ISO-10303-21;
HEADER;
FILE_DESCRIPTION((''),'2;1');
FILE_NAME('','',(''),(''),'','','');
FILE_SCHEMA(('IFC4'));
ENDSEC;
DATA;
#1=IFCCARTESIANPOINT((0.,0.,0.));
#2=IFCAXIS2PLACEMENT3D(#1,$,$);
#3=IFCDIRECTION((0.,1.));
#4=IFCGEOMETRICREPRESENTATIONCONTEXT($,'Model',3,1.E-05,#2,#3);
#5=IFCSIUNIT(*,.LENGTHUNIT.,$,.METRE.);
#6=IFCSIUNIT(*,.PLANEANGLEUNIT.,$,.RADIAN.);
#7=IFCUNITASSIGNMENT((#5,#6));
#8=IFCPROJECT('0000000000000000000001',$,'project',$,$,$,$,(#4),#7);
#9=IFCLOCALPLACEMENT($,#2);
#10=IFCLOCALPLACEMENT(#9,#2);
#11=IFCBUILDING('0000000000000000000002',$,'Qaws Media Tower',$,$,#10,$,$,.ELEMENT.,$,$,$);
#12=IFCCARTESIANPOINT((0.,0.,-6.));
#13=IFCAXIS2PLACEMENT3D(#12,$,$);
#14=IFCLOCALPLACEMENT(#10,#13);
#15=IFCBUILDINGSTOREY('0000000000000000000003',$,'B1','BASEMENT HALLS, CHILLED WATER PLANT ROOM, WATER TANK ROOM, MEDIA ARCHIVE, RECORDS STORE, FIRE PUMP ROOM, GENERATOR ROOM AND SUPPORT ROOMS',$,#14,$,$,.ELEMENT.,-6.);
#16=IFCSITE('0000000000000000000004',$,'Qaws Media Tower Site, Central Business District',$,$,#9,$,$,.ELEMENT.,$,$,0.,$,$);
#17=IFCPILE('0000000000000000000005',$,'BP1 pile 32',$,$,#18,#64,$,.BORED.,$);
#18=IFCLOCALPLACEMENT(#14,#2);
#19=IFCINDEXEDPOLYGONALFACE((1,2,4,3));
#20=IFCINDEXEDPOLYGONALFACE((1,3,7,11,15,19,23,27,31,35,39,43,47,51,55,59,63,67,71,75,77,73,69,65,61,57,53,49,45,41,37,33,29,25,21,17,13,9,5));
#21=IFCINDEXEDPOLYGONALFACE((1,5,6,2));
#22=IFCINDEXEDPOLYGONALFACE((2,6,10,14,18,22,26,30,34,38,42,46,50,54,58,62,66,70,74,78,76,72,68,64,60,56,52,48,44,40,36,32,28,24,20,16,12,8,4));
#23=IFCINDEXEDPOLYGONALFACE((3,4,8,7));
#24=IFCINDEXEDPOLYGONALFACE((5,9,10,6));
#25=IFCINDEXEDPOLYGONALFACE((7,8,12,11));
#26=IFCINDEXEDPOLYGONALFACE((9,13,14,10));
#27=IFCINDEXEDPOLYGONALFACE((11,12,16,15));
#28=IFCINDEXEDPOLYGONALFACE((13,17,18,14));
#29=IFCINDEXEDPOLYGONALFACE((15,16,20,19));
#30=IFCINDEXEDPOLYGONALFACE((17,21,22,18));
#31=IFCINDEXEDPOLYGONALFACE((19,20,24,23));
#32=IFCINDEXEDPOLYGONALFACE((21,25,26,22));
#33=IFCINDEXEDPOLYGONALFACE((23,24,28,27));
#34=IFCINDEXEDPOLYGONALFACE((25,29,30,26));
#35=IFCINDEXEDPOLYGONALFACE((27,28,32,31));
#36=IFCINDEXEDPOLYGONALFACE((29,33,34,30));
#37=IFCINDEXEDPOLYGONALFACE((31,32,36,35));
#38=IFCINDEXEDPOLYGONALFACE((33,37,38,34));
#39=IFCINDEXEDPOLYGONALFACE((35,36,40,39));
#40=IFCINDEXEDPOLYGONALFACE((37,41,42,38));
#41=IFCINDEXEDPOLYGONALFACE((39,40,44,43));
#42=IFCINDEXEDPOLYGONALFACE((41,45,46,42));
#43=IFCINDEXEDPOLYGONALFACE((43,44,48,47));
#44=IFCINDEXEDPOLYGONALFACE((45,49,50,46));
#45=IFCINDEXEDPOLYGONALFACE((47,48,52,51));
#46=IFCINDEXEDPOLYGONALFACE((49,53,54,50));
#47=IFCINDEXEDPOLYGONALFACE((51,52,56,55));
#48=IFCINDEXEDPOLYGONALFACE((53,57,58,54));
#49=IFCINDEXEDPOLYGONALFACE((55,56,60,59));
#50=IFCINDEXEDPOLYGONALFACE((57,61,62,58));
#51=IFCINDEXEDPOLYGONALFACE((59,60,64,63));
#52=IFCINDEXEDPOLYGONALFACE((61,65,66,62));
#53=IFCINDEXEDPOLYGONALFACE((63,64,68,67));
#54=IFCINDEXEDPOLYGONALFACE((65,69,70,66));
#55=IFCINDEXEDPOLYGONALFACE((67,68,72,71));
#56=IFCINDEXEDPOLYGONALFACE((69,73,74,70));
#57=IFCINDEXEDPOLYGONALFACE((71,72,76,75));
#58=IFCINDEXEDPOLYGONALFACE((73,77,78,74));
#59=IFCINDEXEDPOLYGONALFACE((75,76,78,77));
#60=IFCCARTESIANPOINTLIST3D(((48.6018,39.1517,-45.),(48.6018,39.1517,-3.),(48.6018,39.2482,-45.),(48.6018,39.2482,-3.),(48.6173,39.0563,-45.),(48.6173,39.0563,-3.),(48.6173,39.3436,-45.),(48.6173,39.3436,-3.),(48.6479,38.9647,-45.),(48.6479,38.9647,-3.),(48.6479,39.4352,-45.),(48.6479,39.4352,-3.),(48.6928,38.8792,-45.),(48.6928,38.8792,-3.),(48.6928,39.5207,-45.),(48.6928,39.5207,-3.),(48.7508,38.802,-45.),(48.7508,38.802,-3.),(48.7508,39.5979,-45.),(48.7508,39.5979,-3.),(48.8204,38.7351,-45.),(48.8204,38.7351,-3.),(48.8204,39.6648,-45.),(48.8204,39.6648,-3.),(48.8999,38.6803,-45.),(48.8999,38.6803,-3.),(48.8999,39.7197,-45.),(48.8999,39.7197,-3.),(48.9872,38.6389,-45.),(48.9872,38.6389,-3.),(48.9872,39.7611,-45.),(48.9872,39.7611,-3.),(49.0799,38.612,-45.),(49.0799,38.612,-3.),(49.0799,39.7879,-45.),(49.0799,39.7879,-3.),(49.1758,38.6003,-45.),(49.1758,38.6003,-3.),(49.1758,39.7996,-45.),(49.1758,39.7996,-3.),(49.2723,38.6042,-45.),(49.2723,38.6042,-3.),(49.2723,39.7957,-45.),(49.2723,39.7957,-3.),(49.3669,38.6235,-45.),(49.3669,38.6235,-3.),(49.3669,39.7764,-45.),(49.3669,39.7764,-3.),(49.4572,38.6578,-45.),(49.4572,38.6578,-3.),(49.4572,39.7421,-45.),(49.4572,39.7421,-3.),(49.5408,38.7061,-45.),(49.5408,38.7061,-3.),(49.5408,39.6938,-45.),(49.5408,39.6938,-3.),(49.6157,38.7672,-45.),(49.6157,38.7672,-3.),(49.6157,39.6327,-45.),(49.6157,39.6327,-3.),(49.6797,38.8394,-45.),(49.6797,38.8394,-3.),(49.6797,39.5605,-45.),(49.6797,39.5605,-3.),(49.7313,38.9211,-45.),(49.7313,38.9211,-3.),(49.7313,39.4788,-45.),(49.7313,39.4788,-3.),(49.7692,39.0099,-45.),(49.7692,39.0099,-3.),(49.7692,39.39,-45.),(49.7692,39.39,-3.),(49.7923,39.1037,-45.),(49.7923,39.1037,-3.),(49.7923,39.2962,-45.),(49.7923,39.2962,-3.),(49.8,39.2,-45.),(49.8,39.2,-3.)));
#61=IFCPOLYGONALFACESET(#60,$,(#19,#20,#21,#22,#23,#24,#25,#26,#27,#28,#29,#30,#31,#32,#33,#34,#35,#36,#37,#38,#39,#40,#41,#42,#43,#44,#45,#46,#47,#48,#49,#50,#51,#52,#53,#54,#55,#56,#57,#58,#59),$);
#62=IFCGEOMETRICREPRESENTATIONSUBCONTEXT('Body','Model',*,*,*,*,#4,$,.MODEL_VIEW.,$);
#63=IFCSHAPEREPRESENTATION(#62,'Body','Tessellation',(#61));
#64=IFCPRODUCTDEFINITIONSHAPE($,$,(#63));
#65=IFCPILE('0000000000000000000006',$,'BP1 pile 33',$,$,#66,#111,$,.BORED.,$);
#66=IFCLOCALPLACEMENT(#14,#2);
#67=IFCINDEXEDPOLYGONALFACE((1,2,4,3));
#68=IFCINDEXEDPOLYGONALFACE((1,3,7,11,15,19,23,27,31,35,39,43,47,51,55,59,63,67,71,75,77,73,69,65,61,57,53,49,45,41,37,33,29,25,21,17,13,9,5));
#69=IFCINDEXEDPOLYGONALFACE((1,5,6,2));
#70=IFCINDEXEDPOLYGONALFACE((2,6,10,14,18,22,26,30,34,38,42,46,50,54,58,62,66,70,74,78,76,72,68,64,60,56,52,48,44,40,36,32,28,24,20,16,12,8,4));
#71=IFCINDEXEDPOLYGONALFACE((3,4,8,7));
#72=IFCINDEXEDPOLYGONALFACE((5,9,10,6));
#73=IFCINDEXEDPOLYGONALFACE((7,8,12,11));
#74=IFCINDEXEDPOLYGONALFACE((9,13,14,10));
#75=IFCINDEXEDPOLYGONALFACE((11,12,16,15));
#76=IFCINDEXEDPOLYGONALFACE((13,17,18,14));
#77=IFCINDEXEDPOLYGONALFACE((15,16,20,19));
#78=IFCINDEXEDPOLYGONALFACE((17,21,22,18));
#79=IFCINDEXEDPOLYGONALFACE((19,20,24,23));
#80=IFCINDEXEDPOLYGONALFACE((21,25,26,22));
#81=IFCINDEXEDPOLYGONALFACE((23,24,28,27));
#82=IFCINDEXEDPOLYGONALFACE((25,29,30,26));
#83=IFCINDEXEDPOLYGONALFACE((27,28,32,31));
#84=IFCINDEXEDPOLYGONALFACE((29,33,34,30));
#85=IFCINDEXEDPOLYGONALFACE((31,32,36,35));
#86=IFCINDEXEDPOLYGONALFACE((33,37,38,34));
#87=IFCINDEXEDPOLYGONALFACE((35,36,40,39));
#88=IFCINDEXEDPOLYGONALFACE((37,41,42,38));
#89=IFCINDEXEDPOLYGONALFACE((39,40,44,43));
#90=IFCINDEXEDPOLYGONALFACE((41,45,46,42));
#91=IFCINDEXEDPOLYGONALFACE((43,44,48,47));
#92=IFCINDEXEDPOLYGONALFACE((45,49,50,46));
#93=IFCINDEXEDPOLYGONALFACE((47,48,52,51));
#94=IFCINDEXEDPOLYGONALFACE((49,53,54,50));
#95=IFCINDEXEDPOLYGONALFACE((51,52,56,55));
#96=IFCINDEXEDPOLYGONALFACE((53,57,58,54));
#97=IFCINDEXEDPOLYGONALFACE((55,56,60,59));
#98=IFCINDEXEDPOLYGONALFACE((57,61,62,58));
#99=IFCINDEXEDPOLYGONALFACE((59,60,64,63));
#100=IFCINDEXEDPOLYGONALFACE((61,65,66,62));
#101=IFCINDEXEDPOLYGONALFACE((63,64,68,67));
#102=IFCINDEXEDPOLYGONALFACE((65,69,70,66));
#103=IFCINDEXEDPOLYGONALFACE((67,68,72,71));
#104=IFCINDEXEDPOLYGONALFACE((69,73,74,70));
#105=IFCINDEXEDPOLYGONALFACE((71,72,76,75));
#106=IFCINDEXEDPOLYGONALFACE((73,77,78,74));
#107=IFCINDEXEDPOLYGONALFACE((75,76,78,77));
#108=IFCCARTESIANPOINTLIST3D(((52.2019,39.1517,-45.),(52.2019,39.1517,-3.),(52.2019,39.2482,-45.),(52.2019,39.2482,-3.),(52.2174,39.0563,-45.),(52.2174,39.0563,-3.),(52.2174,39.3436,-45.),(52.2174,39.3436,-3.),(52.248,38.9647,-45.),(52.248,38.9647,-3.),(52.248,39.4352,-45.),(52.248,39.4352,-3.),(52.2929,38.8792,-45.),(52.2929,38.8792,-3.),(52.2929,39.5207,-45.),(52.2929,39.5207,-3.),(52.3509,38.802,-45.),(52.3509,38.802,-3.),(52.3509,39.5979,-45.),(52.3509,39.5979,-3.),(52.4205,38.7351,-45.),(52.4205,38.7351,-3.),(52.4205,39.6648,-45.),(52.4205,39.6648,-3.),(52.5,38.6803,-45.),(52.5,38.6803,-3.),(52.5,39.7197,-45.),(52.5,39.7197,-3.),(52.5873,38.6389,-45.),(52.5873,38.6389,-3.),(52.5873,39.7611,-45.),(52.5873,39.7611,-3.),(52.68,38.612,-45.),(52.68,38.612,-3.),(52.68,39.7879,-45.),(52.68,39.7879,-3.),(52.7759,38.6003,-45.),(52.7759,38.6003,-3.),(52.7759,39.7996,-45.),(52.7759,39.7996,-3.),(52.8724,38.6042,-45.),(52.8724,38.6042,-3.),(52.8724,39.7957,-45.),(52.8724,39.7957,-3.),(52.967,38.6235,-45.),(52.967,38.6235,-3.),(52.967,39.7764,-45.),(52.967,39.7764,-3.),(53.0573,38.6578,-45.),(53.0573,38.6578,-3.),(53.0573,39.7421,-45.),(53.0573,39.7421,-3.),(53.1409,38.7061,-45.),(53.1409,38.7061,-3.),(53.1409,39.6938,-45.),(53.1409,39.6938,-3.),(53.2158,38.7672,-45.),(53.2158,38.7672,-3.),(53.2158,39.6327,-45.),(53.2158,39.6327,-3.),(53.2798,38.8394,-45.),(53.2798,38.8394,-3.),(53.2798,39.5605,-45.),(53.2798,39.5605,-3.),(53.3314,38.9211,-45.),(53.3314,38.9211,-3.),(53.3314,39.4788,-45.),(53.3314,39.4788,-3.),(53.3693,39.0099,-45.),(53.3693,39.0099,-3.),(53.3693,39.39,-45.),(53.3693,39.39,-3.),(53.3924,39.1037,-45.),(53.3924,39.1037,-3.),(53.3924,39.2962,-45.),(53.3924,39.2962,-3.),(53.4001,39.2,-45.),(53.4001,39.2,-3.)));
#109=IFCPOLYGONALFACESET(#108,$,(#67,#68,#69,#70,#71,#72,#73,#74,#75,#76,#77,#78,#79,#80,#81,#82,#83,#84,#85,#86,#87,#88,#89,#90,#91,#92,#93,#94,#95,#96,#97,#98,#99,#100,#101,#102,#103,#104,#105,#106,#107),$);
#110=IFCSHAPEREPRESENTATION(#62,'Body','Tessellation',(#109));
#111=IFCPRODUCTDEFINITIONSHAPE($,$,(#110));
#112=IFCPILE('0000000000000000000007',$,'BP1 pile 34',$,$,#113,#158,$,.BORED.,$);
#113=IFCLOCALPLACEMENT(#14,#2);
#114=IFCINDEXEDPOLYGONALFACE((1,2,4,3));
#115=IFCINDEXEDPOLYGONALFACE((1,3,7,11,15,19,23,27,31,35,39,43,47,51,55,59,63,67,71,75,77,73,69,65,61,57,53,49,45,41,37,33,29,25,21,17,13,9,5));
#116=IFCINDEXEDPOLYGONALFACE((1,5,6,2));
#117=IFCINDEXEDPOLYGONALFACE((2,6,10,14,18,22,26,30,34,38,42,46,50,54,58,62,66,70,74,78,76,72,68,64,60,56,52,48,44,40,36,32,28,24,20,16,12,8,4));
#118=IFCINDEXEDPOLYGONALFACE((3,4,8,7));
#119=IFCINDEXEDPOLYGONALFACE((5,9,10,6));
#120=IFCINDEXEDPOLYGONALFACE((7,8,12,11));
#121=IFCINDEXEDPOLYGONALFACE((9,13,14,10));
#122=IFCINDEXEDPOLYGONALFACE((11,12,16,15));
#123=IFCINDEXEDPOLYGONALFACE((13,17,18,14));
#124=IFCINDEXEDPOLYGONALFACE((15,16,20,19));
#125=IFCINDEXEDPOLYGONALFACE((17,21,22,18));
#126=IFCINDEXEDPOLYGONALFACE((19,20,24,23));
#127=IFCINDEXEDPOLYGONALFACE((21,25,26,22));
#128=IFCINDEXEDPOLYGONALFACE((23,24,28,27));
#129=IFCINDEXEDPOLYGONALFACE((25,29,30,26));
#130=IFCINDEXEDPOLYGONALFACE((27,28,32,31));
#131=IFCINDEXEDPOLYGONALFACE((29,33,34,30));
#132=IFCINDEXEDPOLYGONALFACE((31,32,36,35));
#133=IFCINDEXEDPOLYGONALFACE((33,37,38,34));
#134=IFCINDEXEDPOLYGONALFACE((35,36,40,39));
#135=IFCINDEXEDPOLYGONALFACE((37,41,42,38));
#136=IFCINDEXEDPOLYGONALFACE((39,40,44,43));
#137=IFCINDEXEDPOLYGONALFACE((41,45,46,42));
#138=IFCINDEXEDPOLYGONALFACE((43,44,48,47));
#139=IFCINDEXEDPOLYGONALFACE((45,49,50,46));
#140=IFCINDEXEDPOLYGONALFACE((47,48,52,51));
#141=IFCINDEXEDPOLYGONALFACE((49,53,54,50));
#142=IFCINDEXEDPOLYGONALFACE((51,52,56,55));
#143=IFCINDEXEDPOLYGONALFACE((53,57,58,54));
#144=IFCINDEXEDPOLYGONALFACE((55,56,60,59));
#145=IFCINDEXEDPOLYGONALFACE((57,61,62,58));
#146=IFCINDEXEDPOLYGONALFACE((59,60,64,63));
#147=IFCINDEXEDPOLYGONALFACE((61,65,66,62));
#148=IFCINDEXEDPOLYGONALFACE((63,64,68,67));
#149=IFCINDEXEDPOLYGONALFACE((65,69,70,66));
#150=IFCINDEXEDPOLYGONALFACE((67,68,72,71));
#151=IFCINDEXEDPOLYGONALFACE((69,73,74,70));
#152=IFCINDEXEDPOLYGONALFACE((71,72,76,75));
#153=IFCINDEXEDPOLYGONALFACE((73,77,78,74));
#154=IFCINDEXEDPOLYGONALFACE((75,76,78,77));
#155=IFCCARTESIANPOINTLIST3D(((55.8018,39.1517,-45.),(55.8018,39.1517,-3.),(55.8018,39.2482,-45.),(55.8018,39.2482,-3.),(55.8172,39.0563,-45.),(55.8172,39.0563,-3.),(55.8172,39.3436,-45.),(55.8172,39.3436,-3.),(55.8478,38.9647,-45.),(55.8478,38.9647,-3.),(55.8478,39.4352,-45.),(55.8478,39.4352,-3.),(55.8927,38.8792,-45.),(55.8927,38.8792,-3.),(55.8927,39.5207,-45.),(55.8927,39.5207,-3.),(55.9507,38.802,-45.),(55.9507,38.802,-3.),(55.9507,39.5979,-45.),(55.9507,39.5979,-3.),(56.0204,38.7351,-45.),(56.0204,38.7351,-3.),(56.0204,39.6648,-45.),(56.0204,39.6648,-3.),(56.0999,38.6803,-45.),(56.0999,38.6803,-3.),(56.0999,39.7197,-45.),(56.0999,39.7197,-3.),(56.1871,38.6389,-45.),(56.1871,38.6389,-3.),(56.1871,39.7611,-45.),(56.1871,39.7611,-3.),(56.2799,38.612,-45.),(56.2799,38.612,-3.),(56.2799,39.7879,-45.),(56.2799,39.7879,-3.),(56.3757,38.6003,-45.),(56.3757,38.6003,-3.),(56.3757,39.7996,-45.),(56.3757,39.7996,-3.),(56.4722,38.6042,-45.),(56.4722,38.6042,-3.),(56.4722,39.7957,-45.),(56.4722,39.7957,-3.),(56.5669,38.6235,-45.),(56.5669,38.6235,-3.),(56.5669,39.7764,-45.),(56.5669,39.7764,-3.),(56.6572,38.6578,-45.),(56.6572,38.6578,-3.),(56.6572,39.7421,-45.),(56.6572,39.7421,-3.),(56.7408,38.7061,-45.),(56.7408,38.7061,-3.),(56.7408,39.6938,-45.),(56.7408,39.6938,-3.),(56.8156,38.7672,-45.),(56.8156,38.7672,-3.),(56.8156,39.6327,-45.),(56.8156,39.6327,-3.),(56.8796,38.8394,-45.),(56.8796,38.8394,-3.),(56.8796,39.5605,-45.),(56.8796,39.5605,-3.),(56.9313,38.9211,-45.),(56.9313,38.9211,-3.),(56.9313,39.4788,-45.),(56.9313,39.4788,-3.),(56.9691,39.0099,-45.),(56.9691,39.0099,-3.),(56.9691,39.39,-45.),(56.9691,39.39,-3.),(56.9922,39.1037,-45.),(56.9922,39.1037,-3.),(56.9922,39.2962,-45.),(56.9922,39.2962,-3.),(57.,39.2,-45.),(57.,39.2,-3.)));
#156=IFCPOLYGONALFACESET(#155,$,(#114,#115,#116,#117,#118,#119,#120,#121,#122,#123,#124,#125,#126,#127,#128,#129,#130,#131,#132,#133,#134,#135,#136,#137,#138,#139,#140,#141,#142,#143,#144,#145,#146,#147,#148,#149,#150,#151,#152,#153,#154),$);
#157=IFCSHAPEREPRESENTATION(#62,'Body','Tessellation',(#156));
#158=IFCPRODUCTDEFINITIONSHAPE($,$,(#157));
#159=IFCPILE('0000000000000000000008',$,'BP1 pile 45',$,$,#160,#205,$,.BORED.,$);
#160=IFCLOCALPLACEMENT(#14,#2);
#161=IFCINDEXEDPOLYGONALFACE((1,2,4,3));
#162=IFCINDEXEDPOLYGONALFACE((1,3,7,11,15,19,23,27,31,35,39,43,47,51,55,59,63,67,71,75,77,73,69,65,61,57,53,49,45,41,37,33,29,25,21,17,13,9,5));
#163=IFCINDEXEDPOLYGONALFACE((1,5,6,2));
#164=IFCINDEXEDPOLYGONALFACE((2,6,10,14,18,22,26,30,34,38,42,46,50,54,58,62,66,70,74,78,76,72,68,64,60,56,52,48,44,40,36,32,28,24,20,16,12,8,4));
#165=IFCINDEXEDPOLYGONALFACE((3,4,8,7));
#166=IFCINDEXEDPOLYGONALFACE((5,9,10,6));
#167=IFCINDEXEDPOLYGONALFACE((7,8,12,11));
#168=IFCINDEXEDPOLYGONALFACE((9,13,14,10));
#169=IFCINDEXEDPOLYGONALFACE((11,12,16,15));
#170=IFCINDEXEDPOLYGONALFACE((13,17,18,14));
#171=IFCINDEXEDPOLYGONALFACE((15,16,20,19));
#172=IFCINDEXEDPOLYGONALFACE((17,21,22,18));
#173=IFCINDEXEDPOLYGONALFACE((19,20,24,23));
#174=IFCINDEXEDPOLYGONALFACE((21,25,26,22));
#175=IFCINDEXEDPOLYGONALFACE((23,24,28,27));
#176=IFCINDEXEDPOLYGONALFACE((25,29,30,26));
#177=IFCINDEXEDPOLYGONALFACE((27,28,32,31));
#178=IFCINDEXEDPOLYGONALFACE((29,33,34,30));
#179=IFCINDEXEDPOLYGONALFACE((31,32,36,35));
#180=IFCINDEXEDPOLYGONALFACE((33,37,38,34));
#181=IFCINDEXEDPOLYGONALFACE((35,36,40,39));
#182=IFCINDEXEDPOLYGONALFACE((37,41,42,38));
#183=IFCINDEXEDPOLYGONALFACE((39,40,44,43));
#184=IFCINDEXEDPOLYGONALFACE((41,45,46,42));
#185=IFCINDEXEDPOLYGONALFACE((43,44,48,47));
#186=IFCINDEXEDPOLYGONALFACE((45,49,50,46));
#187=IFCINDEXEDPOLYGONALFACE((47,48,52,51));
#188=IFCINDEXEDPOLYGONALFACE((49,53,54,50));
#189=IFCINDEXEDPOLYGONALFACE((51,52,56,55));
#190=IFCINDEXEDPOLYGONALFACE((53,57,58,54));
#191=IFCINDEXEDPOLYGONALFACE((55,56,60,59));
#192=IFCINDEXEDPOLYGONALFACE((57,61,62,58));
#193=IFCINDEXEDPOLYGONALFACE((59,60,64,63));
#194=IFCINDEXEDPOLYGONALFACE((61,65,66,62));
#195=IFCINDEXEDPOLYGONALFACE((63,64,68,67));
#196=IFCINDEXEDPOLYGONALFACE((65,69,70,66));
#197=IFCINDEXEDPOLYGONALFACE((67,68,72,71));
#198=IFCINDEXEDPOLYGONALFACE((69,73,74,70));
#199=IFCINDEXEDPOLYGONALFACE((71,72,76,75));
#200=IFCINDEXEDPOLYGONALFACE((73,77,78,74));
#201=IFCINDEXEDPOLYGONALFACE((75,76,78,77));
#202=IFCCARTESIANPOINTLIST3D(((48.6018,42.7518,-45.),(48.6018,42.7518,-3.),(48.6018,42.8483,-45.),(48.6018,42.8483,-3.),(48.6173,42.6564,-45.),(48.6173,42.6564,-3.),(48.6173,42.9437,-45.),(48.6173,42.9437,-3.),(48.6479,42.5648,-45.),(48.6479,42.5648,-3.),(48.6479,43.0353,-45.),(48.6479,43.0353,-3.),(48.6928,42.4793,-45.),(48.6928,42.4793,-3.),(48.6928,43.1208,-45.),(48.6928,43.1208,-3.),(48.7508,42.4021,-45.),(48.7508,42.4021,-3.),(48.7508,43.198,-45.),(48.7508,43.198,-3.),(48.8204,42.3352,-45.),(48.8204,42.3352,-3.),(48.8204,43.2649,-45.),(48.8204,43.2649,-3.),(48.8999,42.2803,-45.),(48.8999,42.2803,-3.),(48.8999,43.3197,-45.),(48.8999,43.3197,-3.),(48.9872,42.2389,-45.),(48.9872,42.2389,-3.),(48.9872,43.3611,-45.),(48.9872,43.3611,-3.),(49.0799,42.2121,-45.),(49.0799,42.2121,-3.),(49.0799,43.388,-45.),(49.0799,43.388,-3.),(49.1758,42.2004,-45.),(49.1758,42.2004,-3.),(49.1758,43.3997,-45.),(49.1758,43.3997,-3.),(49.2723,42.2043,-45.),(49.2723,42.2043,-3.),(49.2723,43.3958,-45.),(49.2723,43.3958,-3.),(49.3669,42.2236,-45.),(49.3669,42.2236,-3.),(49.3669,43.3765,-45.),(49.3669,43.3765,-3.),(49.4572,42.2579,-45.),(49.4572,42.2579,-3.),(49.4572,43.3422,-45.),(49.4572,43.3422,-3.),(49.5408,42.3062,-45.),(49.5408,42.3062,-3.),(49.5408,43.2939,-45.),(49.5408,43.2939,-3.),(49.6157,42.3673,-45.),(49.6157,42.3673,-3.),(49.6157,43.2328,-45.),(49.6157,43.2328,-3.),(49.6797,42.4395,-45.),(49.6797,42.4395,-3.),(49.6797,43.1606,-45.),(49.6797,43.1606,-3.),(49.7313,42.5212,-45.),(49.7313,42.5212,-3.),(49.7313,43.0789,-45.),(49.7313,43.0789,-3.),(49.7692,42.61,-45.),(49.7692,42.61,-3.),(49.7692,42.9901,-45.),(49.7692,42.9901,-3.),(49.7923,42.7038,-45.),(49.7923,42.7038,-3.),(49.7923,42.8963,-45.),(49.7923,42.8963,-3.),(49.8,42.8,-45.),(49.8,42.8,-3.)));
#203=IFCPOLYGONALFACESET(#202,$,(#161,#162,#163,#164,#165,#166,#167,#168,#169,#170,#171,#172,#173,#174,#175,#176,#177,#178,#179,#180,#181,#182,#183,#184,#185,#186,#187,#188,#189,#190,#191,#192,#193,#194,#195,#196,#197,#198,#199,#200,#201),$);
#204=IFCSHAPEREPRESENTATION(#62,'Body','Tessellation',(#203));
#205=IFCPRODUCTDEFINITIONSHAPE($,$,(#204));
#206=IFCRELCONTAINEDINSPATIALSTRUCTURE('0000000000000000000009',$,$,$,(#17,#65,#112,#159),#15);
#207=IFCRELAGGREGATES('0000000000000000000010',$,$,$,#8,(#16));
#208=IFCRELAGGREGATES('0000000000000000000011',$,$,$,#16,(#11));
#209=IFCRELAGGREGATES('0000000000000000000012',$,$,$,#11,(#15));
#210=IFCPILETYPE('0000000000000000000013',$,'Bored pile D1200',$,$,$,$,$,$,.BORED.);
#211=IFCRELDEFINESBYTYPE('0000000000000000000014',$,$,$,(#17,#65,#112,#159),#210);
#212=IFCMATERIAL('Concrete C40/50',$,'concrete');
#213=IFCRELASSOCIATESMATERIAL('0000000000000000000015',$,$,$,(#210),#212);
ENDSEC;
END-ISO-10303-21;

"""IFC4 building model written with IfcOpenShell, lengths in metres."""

from ifc_helpers import new_model, si_unit, direction, frame, origin, origin_2d, place, context, subcontext, project, spatial, circle, extrude, material, material_profile, profile_set, type_object, element, save


model = new_model("IFC4")

# Units and contexts
model_context = context("Model", 3, precision=1e-05, world=origin(), true_north=direction((0.0, 1.0)))
body_context = subcontext(model_context, "Body", "Model", "MODEL_VIEW")
ifc_project = project(units=[si_unit("LENGTHUNIT", "METRE"), si_unit("PLANEANGLEUNIT", "RADIAN")], contexts=[model_context])

# Site, building, storey
site_placement = place(None, origin())
site = spatial("IfcSite", under=ifc_project, at=site_placement, Name="Qaws Media Tower Site, Central Business District", CompositionType="ELEMENT", RefElevation=0.0)
building_placement = place(site_placement, origin())
building = spatial("IfcBuilding", under=site, at=building_placement, Name="Qaws Media Tower", CompositionType="ELEMENT")
storey_placement = place(building_placement, frame((0.0, 0.0, -6.0)))
storey = spatial("IfcBuildingStorey", under=building, at=storey_placement, Name="B1", Description="BASEMENT HALLS, CHILLED WATER PLANT ROOM, WATER TANK ROOM, MEDIA ARCHIVE, RECORDS STORE, FIRE PUMP ROOM, GENERATOR ROOM AND SUPPORT ROOMS", CompositionType="ELEMENT", Elevation=-6.0)

# Piles
ifc_material_1 = material(Name="Concrete C40/50", Category="concrete")
ifc_material_profile_1 = material_profile(ifc_material_1, circle(Radius=0.6001, at=origin_2d()), Name="D1200")
ifc_profile_set_1 = profile_set([ifc_material_profile_1], Name="Concrete C40/50")
pile_type = type_object("IfcPileType", Name="Bored pile D1200", PredefinedType="BORED", material=ifc_profile_set_1)
for number, where, z_axis, x_axis, name in (
    (1, (49.2, 39.2, -3.0), (0.0, 0.0, -1.0), (1.0, 0.0, 0.0), "BP1 pile 32"),
    (2, (52.8, 39.2, -3.0), (0.0, 0.0, -1.0), (1.0, 0.0, 0.0), "BP1 pile 33"),
    (3, (56.3999, 39.2, -3.0), (0.0, 0.0, -1.0), (1.0, 0.0, 0.0), "BP1 pile 34"),
    (4, (49.2, 42.8, -3.0), (0.0, 0.0, -1.0), (1.0, 0.0, 0.0), "BP1 pile 45"),
):
    element("IfcPile", number, at=place(storey_placement, frame(where, z_axis=z_axis, x_axis=x_axis)), inside=storey, type_object=pile_type, Name=name, PredefinedType="BORED", context=body_context, shape_type="SweptSolid", body=[
        extrude(circle(Radius=0.6001, at=origin_2d()), origin(), (0.0, 0.0, 1.0), 42.0),
    ])

save(model, "model.ifc")
